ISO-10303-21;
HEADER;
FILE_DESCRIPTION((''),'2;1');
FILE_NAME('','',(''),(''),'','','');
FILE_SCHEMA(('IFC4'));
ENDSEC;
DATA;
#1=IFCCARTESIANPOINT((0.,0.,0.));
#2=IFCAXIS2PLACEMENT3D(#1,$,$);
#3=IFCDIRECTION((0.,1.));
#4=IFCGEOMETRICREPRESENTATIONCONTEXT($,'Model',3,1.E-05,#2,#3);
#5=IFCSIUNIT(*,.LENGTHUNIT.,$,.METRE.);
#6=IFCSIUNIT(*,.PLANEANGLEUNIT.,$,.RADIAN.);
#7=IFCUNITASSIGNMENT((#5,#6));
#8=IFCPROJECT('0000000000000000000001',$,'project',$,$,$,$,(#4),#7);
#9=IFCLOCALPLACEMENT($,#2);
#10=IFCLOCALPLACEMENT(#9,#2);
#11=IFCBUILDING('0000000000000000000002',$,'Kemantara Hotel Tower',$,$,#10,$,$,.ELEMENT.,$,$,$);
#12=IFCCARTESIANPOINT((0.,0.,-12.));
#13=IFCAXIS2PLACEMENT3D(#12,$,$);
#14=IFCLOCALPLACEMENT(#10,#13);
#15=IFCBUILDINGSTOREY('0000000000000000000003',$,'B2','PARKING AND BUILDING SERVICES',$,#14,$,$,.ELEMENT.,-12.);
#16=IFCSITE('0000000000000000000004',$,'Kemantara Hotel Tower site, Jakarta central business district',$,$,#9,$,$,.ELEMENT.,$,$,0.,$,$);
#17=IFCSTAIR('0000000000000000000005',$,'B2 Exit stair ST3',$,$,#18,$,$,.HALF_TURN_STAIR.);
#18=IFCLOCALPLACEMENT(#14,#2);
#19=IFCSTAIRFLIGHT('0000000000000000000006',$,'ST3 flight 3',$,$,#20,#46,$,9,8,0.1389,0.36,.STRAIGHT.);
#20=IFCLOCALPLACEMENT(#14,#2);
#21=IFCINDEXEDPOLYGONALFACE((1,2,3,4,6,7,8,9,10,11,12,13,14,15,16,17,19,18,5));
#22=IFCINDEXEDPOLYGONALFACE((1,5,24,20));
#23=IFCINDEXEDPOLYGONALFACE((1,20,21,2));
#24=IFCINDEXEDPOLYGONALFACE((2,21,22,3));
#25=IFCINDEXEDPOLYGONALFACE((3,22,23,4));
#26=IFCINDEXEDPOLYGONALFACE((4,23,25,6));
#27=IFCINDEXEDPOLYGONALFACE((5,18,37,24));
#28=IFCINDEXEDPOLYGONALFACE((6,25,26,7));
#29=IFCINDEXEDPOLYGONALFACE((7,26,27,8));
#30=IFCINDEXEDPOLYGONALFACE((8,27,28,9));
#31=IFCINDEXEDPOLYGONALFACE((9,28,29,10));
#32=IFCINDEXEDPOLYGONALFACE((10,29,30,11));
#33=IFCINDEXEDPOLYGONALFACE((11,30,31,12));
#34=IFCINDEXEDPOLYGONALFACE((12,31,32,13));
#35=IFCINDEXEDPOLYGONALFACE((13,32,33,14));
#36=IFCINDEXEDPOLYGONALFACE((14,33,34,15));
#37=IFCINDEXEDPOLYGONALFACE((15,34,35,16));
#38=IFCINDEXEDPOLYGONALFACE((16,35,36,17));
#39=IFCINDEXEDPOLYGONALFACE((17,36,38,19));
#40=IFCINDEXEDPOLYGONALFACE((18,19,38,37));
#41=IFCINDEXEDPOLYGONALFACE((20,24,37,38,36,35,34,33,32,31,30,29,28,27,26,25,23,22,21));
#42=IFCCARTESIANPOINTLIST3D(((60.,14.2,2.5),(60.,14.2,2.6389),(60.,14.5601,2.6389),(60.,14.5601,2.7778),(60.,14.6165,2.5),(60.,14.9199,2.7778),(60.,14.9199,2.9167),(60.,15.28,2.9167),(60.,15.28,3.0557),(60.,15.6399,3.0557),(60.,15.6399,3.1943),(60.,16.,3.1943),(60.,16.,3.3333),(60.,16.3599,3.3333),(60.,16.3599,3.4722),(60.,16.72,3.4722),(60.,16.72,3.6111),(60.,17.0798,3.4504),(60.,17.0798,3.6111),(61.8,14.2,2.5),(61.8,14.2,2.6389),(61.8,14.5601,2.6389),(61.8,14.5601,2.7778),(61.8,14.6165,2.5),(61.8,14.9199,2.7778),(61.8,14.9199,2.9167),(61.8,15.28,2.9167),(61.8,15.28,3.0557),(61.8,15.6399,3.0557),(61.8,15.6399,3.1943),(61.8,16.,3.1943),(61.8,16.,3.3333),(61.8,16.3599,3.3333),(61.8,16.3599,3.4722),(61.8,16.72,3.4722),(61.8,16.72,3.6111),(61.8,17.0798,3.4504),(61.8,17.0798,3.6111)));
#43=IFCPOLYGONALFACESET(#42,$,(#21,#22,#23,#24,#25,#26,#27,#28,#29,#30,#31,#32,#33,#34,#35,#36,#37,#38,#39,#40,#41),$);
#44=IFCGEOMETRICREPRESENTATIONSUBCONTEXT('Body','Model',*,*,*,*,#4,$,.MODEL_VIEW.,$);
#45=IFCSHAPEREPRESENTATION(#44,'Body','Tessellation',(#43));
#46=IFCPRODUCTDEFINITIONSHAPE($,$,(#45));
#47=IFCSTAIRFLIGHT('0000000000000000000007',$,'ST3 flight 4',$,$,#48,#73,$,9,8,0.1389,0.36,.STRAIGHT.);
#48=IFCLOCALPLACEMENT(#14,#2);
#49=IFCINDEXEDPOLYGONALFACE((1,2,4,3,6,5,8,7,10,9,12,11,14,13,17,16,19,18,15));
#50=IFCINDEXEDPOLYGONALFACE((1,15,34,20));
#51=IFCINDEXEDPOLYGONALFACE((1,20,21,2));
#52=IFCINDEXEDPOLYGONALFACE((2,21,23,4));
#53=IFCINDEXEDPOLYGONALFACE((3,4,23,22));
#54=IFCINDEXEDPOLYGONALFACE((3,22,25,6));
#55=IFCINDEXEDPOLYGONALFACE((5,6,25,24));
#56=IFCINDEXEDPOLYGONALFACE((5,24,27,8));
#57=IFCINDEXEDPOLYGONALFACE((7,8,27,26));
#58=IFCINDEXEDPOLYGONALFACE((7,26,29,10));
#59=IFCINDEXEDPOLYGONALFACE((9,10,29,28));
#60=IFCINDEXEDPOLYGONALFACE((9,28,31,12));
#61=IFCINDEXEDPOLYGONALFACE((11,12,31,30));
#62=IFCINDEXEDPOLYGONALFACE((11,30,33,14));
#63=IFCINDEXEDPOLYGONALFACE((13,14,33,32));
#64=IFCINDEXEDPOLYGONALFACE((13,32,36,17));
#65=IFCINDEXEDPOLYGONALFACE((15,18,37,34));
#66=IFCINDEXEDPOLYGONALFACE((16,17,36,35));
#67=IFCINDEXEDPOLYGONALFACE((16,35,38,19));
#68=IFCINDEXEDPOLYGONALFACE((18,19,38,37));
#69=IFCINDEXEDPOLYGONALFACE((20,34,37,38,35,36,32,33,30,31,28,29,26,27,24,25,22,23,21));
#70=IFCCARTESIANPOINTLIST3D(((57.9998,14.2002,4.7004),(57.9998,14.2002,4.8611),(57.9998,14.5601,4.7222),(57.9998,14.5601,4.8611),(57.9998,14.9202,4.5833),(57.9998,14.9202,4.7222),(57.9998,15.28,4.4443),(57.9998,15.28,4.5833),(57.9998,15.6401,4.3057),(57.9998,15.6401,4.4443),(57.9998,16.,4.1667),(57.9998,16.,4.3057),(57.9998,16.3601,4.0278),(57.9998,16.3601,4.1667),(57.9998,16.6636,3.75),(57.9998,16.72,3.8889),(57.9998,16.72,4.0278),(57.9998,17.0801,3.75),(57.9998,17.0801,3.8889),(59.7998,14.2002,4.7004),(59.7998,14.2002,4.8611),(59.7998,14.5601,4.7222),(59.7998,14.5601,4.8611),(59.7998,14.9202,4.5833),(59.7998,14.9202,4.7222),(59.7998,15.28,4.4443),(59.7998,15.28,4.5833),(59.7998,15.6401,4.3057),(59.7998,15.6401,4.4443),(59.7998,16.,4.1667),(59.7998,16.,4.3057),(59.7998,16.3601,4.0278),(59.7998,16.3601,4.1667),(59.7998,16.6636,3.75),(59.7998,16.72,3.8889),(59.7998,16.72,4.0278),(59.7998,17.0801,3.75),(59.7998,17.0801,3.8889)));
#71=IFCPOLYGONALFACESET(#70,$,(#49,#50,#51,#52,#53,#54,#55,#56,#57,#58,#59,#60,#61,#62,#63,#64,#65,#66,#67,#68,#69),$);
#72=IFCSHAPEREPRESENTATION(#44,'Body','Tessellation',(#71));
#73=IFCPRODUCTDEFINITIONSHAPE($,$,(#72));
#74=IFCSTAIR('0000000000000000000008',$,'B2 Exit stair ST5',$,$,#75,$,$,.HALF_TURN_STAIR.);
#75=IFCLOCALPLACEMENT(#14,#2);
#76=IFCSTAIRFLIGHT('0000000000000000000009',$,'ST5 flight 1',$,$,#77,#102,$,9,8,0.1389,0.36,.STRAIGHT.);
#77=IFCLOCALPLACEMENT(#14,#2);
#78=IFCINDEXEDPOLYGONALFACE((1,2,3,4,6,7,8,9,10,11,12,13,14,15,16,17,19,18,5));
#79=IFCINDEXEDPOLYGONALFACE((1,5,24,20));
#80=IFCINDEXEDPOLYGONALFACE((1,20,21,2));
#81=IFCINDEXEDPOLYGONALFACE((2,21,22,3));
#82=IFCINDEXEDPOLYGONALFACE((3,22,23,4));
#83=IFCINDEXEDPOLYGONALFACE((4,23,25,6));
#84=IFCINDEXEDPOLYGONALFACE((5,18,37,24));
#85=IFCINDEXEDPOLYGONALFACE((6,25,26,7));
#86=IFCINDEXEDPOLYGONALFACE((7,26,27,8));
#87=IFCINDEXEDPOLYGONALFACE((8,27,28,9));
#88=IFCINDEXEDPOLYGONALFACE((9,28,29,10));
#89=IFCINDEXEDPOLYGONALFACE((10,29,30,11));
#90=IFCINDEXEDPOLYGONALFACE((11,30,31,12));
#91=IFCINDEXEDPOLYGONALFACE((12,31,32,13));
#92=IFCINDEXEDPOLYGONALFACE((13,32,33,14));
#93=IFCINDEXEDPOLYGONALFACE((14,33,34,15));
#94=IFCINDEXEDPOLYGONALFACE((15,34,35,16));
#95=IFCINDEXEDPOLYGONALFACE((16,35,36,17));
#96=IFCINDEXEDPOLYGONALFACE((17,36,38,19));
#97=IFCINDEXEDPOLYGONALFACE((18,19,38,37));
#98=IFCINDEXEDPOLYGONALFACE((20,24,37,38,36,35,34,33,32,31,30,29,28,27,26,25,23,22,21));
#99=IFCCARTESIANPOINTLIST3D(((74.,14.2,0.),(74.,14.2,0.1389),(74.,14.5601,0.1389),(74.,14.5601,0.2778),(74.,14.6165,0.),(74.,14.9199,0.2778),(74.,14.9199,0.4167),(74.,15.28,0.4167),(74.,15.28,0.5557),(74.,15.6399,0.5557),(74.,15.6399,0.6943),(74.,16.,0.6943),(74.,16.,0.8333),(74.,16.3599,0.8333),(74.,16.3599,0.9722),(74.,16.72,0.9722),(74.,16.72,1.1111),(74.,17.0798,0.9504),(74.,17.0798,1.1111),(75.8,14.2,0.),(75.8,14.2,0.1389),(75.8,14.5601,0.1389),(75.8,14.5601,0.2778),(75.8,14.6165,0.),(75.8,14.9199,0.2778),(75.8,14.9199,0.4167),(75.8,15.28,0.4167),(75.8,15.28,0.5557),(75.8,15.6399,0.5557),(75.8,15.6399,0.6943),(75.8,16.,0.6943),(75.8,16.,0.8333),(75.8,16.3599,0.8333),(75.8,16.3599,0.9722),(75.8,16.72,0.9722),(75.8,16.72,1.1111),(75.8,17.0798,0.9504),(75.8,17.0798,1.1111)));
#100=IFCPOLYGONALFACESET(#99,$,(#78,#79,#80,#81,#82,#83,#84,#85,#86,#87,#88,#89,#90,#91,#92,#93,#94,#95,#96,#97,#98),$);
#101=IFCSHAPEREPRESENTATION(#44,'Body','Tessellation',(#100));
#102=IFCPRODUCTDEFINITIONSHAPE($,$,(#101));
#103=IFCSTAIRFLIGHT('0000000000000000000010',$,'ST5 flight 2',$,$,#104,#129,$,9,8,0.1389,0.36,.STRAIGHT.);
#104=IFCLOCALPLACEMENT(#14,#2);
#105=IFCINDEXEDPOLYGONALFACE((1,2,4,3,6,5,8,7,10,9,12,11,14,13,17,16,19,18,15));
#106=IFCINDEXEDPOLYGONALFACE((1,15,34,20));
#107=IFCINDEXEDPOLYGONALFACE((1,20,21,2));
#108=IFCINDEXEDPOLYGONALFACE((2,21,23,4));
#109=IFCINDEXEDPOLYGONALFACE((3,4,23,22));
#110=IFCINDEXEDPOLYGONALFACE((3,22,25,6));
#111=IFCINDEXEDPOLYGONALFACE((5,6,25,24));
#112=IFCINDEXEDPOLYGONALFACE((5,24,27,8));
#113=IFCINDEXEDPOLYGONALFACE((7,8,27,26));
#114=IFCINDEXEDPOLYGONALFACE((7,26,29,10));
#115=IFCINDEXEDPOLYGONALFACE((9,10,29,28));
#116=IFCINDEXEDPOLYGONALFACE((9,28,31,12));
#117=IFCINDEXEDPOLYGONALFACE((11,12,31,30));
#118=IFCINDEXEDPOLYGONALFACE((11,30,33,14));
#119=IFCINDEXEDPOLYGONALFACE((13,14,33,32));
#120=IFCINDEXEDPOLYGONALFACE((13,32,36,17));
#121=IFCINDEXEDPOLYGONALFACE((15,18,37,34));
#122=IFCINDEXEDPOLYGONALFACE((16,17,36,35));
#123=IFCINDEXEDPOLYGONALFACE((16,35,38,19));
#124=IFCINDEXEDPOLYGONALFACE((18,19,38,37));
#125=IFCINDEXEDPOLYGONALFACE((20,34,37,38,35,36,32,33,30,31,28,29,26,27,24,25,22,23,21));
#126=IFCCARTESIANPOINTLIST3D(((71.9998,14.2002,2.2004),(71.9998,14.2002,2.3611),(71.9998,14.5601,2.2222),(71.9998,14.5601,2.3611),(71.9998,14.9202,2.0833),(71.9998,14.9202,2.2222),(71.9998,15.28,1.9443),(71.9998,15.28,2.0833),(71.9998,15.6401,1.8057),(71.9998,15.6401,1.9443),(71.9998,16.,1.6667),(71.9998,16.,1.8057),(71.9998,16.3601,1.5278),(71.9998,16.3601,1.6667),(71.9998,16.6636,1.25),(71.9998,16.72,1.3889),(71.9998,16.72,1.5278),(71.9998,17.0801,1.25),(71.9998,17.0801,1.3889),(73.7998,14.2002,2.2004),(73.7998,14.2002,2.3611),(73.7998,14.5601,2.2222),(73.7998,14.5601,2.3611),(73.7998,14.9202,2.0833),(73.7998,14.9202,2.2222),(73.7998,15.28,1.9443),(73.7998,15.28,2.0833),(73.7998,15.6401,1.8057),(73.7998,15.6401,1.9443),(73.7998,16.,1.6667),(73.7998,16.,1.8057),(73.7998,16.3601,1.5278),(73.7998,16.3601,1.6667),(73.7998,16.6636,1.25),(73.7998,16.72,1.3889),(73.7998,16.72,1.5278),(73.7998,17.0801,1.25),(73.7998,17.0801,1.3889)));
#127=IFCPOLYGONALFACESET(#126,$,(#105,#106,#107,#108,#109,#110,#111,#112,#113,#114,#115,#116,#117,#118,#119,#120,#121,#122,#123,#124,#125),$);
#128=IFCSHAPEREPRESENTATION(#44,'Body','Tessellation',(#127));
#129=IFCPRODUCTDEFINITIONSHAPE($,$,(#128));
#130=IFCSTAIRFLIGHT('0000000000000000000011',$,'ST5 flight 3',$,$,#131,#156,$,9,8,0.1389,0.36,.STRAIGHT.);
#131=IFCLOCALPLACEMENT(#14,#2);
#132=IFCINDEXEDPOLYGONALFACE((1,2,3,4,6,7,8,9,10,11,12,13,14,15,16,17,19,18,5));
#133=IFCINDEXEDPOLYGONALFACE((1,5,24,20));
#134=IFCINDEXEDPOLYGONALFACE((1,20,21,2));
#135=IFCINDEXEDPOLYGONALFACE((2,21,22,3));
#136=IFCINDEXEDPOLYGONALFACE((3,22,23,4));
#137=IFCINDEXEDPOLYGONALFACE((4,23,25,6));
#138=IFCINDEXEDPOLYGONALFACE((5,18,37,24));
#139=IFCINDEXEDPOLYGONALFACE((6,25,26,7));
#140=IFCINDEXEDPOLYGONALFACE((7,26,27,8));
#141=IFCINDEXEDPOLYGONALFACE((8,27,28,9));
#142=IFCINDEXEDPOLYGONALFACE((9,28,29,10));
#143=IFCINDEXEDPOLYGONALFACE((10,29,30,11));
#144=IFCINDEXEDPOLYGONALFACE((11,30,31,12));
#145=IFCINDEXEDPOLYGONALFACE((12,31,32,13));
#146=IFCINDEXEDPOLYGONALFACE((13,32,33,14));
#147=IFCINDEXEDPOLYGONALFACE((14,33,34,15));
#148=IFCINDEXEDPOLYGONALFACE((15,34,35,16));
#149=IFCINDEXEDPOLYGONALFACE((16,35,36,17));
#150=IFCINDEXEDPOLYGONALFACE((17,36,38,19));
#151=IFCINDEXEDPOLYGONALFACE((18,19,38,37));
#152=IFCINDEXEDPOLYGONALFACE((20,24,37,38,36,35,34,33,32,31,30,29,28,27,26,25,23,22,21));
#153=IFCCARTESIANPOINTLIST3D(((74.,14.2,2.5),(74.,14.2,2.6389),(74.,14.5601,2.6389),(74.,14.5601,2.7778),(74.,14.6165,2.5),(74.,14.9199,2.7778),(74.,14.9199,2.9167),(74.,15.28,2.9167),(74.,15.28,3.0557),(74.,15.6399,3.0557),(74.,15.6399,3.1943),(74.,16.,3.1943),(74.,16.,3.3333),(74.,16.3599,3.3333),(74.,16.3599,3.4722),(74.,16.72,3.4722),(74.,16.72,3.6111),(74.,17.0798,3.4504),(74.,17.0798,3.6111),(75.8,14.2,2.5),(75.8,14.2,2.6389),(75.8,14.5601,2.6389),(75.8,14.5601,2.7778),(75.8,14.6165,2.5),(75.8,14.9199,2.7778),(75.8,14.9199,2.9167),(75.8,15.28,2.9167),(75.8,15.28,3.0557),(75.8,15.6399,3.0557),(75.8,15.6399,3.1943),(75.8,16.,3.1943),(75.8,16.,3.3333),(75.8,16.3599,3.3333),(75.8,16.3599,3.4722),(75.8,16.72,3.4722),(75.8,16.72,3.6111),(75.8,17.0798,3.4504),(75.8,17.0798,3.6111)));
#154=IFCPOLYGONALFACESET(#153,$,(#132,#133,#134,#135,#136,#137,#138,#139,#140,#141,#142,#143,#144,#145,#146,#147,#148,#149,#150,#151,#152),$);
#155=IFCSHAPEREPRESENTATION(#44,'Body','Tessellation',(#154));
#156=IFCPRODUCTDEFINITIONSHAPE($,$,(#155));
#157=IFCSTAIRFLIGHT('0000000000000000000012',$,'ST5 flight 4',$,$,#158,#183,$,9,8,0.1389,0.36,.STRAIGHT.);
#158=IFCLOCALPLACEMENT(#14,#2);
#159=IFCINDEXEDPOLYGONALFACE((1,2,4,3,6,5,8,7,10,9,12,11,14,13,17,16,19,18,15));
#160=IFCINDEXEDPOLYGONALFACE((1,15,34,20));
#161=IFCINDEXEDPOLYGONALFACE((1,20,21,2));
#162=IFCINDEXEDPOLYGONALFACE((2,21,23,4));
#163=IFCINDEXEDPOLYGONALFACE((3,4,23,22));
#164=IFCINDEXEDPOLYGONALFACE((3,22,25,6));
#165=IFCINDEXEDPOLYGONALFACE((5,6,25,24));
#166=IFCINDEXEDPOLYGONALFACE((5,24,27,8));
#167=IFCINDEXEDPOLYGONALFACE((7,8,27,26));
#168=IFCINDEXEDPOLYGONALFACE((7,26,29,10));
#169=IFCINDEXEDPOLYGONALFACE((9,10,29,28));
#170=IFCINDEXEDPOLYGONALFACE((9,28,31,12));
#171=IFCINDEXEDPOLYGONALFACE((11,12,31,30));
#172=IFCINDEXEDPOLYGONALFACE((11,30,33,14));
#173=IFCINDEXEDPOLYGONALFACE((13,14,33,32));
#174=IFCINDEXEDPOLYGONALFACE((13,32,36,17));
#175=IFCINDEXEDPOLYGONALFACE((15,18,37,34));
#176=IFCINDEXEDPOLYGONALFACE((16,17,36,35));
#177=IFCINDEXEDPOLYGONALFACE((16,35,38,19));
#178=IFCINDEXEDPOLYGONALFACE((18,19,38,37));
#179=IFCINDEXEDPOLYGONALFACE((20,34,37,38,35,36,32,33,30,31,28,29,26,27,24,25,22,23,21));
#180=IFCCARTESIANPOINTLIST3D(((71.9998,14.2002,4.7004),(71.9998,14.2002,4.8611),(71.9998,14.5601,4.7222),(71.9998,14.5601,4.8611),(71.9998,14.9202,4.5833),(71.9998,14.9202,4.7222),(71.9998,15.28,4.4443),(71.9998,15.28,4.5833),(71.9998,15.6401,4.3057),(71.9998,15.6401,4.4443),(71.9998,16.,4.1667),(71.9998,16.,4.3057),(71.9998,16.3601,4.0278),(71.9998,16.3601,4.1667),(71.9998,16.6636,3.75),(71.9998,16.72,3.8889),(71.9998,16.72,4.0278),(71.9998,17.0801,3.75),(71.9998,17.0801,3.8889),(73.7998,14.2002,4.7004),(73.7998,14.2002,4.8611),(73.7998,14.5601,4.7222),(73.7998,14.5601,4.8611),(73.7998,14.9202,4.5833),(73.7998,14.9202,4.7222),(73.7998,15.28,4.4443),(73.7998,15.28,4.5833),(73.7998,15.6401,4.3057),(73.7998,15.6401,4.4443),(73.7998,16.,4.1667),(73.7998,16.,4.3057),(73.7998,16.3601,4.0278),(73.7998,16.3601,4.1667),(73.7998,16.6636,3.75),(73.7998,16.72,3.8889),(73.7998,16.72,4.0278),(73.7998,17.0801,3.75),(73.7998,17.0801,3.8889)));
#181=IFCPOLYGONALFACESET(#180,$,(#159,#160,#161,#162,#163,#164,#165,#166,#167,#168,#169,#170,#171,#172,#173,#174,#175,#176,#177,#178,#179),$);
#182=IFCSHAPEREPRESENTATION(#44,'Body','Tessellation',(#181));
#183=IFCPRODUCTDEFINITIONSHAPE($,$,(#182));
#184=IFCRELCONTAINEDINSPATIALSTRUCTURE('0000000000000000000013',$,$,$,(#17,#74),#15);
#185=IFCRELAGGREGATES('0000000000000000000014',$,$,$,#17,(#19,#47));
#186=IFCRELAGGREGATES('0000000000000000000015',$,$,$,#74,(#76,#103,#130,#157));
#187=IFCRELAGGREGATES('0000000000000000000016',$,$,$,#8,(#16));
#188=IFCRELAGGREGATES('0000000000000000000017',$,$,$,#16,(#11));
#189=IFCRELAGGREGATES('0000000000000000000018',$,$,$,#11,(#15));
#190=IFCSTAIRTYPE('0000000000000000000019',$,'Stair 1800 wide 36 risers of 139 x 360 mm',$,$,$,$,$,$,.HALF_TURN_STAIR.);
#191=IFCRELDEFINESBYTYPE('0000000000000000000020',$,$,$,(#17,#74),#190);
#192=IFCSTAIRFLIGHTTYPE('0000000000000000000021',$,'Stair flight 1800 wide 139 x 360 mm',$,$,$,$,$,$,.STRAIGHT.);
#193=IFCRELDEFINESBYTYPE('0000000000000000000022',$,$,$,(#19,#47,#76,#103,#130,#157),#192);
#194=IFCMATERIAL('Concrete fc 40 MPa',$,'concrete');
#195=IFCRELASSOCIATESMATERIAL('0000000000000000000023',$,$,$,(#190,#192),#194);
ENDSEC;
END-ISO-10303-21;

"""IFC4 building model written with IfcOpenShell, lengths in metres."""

from ifc_helpers import new_model, si_unit, direction, frame, origin, place, context, subcontext, project, spatial, polyline, outline, extrude, material, type_object, element, aggregate, save


model = new_model("IFC4")

# Units and contexts
model_context = context("Model", 3, precision=1e-05, world=origin(), true_north=direction((0.0, 1.0)))
body_context = subcontext(model_context, "Body", "Model", "MODEL_VIEW")
ifc_project = project(units=[si_unit("LENGTHUNIT", "METRE"), si_unit("PLANEANGLEUNIT", "RADIAN")], contexts=[model_context])

# Site, building, storey
site_placement = place(None, origin())
site = spatial("IfcSite", under=ifc_project, at=site_placement, Name="Kemantara Hotel Tower site, Jakarta central business district", CompositionType="ELEMENT", RefElevation=0.0)
building_placement = place(site_placement, origin())
building = spatial("IfcBuilding", under=site, at=building_placement, Name="Kemantara Hotel Tower", CompositionType="ELEMENT")
storey_placement = place(building_placement, frame((0.0, 0.0, -12.0)))
storey = spatial("IfcBuildingStorey", under=building, at=storey_placement, Name="B2", Description="PARKING AND BUILDING SERVICES", CompositionType="ELEMENT", Elevation=-12.0)

# Shared definitions
ifc_material_1 = material(Name="Concrete fc 40 MPa", Category="concrete")

# Stairs, stair flights
stair_type = type_object("IfcStairType", Name="Stair 1800 wide 36 risers of 139 x 360 mm", PredefinedType="HALF_TURN_STAIR", material=ifc_material_1)
stair_1_placement = place(storey_placement, origin())
stair_1 = element("IfcStair", 1, at=stair_1_placement, inside=storey, type_object=stair_type, Name="B2 Exit stair ST3", PredefinedType="HALF_TURN_STAIR")
stair_flight_type = type_object("IfcStairFlightType", Name="Stair flight 1800 wide 139 x 360 mm", PredefinedType="STRAIGHT", material=ifc_material_1)
stair_flight_1_placement = place(storey_placement, frame((60.8999, 14.2, 2.5), z_axis=(0.0, 0.0, 1.0), x_axis=(0.0, 1.0, 0.0)))
stair_flight_1 = element("IfcStairFlight", 2, at=stair_flight_1_placement, type_object=stair_flight_type, Name="ST3 flight 3", NumberOfRisers=9, NumberOfTreads=8, PredefinedType="STRAIGHT", RiserHeight=0.1389, TreadLength=0.36, context=body_context, shape_type="SweptSolid", body=[
    extrude(outline(polyline([(0.0, 0.0), (0.0, 0.1389), (0.3601, 0.1389), (0.3601, 0.2778), (0.72, 0.2778), (0.72, 0.4167), (1.0801, 0.4167), (1.0801, 0.5557), (1.4399, 0.5557), (1.4399, 0.6943), (1.8, 0.6943), (1.8, 0.8333), (2.1599, 0.8333), (2.1599, 0.9722), (2.52, 0.9722), (2.52, 1.1111), (2.8799, 1.1111), (2.8799, 1.25), (2.8799, 0.9504), (0.4165, 0.0), (0.0, 0.0)])), frame((0.0, 0.8999, 0.0), z_axis=(0.0, -1.0, 0.0), x_axis=(1.0, 0.0, 0.0)), (0.0, 0.0, 1.0), 1.8),
])
stair_flight_2_placement = place(storey_placement, frame((58.8999, 17.0801, 3.75), z_axis=(0.0, 0.0, 1.0), x_axis=(0.0, -1.0, 0.0)))
stair_flight_2 = element("IfcStairFlight", 3, at=stair_flight_2_placement, type_object=stair_flight_type, Name="ST3 flight 4", NumberOfRisers=9, NumberOfTreads=8, PredefinedType="STRAIGHT", RiserHeight=0.1389, TreadLength=0.36, context=body_context, shape_type="SweptSolid", body=[
    extrude(outline(polyline([(0.0, 0.0), (0.0, 0.1389), (0.3601, 0.1389), (0.3601, 0.2778), (0.72, 0.2778), (0.72, 0.4167), (1.0801, 0.4167), (1.0801, 0.5557), (1.4399, 0.5557), (1.4399, 0.6943), (1.8, 0.6943), (1.8, 0.8333), (2.1599, 0.8333), (2.1599, 0.9722), (2.52, 0.9722), (2.52, 1.1111), (2.8799, 1.1111), (2.8799, 1.25), (2.8799, 0.9504), (0.4165, 0.0), (0.0, 0.0)])), frame((0.0, 0.8999, 0.0), z_axis=(0.0, -1.0, 0.0), x_axis=(1.0, 0.0, 0.0)), (0.0, 0.0, 1.0), 1.8),
])
aggregate(stair_1, [stair_flight_1, stair_flight_2])
stair_2_placement = place(storey_placement, origin())
stair_2 = element("IfcStair", 4, at=stair_2_placement, inside=storey, type_object=stair_type, Name="B2 Exit stair ST5", PredefinedType="HALF_TURN_STAIR")
stair_flight_3_placement = place(storey_placement, frame((74.8999, 14.2, 0.0), z_axis=(0.0, 0.0, 1.0), x_axis=(0.0, 1.0, 0.0)))
stair_flight_3 = element("IfcStairFlight", 5, at=stair_flight_3_placement, type_object=stair_flight_type, Name="ST5 flight 1", NumberOfRisers=9, NumberOfTreads=8, PredefinedType="STRAIGHT", RiserHeight=0.1389, TreadLength=0.36, context=body_context, shape_type="SweptSolid", body=[
    extrude(outline(polyline([(0.0, 0.0), (0.0, 0.1389), (0.3601, 0.1389), (0.3601, 0.2778), (0.72, 0.2778), (0.72, 0.4167), (1.0801, 0.4167), (1.0801, 0.5557), (1.4399, 0.5557), (1.4399, 0.6943), (1.8, 0.6943), (1.8, 0.8333), (2.1599, 0.8333), (2.1599, 0.9722), (2.52, 0.9722), (2.52, 1.1111), (2.8799, 1.1111), (2.8799, 1.25), (2.8799, 0.9504), (0.4165, 0.0), (0.0, 0.0)])), frame((0.0, 0.8999, 0.0), z_axis=(0.0, -1.0, 0.0), x_axis=(1.0, 0.0, 0.0)), (0.0, 0.0, 1.0), 1.8),
])
stair_flight_4_placement = place(storey_placement, frame((72.8999, 17.0801, 1.25), z_axis=(0.0, 0.0, 1.0), x_axis=(0.0, -1.0, 0.0)))
stair_flight_4 = element("IfcStairFlight", 6, at=stair_flight_4_placement, type_object=stair_flight_type, Name="ST5 flight 2", NumberOfRisers=9, NumberOfTreads=8, PredefinedType="STRAIGHT", RiserHeight=0.1389, TreadLength=0.36, context=body_context, shape_type="SweptSolid", body=[
    extrude(outline(polyline([(0.0, 0.0), (0.0, 0.1389), (0.3601, 0.1389), (0.3601, 0.2778), (0.72, 0.2778), (0.72, 0.4167), (1.0801, 0.4167), (1.0801, 0.5557), (1.4399, 0.5557), (1.4399, 0.6943), (1.8, 0.6943), (1.8, 0.8333), (2.1599, 0.8333), (2.1599, 0.9722), (2.52, 0.9722), (2.52, 1.1111), (2.8799, 1.1111), (2.8799, 1.25), (2.8799, 0.9504), (0.4165, 0.0), (0.0, 0.0)])), frame((0.0, 0.8999, 0.0), z_axis=(0.0, -1.0, 0.0), x_axis=(1.0, 0.0, 0.0)), (0.0, 0.0, 1.0), 1.8),
])
stair_flight_5_placement = place(storey_placement, frame((74.8999, 14.2, 2.5), z_axis=(0.0, 0.0, 1.0), x_axis=(0.0, 1.0, 0.0)))
stair_flight_5 = element("IfcStairFlight", 7, at=stair_flight_5_placement, type_object=stair_flight_type, Name="ST5 flight 3", NumberOfRisers=9, NumberOfTreads=8, PredefinedType="STRAIGHT", RiserHeight=0.1389, TreadLength=0.36, context=body_context, shape_type="SweptSolid", body=[
    extrude(outline(polyline([(0.0, 0.0), (0.0, 0.1389), (0.3601, 0.1389), (0.3601, 0.2778), (0.72, 0.2778), (0.72, 0.4167), (1.0801, 0.4167), (1.0801, 0.5557), (1.4399, 0.5557), (1.4399, 0.6943), (1.8, 0.6943), (1.8, 0.8333), (2.1599, 0.8333), (2.1599, 0.9722), (2.52, 0.9722), (2.52, 1.1111), (2.8799, 1.1111), (2.8799, 1.25), (2.8799, 0.9504), (0.4165, 0.0), (0.0, 0.0)])), frame((0.0, 0.8999, 0.0), z_axis=(0.0, -1.0, 0.0), x_axis=(1.0, 0.0, 0.0)), (0.0, 0.0, 1.0), 1.8),
])
stair_flight_6_placement = place(storey_placement, frame((72.8999, 17.0801, 3.75), z_axis=(0.0, 0.0, 1.0), x_axis=(0.0, -1.0, 0.0)))
stair_flight_6 = element("IfcStairFlight", 8, at=stair_flight_6_placement, type_object=stair_flight_type, Name="ST5 flight 4", NumberOfRisers=9, NumberOfTreads=8, PredefinedType="STRAIGHT", RiserHeight=0.1389, TreadLength=0.36, context=body_context, shape_type="SweptSolid", body=[
    extrude(outline(polyline([(0.0, 0.0), (0.0, 0.1389), (0.3601, 0.1389), (0.3601, 0.2778), (0.72, 0.2778), (0.72, 0.4167), (1.0801, 0.4167), (1.0801, 0.5557), (1.4399, 0.5557), (1.4399, 0.6943), (1.8, 0.6943), (1.8, 0.8333), (2.1599, 0.8333), (2.1599, 0.9722), (2.52, 0.9722), (2.52, 1.1111), (2.8799, 1.1111), (2.8799, 1.25), (2.8799, 0.9504), (0.4165, 0.0), (0.0, 0.0)])), frame((0.0, 0.8999, 0.0), z_axis=(0.0, -1.0, 0.0), x_axis=(1.0, 0.0, 0.0)), (0.0, 0.0, 1.0), 1.8),
])
aggregate(stair_2, [stair_flight_3, stair_flight_4, stair_flight_5, stair_flight_6])

save(model, "model.ifc")
